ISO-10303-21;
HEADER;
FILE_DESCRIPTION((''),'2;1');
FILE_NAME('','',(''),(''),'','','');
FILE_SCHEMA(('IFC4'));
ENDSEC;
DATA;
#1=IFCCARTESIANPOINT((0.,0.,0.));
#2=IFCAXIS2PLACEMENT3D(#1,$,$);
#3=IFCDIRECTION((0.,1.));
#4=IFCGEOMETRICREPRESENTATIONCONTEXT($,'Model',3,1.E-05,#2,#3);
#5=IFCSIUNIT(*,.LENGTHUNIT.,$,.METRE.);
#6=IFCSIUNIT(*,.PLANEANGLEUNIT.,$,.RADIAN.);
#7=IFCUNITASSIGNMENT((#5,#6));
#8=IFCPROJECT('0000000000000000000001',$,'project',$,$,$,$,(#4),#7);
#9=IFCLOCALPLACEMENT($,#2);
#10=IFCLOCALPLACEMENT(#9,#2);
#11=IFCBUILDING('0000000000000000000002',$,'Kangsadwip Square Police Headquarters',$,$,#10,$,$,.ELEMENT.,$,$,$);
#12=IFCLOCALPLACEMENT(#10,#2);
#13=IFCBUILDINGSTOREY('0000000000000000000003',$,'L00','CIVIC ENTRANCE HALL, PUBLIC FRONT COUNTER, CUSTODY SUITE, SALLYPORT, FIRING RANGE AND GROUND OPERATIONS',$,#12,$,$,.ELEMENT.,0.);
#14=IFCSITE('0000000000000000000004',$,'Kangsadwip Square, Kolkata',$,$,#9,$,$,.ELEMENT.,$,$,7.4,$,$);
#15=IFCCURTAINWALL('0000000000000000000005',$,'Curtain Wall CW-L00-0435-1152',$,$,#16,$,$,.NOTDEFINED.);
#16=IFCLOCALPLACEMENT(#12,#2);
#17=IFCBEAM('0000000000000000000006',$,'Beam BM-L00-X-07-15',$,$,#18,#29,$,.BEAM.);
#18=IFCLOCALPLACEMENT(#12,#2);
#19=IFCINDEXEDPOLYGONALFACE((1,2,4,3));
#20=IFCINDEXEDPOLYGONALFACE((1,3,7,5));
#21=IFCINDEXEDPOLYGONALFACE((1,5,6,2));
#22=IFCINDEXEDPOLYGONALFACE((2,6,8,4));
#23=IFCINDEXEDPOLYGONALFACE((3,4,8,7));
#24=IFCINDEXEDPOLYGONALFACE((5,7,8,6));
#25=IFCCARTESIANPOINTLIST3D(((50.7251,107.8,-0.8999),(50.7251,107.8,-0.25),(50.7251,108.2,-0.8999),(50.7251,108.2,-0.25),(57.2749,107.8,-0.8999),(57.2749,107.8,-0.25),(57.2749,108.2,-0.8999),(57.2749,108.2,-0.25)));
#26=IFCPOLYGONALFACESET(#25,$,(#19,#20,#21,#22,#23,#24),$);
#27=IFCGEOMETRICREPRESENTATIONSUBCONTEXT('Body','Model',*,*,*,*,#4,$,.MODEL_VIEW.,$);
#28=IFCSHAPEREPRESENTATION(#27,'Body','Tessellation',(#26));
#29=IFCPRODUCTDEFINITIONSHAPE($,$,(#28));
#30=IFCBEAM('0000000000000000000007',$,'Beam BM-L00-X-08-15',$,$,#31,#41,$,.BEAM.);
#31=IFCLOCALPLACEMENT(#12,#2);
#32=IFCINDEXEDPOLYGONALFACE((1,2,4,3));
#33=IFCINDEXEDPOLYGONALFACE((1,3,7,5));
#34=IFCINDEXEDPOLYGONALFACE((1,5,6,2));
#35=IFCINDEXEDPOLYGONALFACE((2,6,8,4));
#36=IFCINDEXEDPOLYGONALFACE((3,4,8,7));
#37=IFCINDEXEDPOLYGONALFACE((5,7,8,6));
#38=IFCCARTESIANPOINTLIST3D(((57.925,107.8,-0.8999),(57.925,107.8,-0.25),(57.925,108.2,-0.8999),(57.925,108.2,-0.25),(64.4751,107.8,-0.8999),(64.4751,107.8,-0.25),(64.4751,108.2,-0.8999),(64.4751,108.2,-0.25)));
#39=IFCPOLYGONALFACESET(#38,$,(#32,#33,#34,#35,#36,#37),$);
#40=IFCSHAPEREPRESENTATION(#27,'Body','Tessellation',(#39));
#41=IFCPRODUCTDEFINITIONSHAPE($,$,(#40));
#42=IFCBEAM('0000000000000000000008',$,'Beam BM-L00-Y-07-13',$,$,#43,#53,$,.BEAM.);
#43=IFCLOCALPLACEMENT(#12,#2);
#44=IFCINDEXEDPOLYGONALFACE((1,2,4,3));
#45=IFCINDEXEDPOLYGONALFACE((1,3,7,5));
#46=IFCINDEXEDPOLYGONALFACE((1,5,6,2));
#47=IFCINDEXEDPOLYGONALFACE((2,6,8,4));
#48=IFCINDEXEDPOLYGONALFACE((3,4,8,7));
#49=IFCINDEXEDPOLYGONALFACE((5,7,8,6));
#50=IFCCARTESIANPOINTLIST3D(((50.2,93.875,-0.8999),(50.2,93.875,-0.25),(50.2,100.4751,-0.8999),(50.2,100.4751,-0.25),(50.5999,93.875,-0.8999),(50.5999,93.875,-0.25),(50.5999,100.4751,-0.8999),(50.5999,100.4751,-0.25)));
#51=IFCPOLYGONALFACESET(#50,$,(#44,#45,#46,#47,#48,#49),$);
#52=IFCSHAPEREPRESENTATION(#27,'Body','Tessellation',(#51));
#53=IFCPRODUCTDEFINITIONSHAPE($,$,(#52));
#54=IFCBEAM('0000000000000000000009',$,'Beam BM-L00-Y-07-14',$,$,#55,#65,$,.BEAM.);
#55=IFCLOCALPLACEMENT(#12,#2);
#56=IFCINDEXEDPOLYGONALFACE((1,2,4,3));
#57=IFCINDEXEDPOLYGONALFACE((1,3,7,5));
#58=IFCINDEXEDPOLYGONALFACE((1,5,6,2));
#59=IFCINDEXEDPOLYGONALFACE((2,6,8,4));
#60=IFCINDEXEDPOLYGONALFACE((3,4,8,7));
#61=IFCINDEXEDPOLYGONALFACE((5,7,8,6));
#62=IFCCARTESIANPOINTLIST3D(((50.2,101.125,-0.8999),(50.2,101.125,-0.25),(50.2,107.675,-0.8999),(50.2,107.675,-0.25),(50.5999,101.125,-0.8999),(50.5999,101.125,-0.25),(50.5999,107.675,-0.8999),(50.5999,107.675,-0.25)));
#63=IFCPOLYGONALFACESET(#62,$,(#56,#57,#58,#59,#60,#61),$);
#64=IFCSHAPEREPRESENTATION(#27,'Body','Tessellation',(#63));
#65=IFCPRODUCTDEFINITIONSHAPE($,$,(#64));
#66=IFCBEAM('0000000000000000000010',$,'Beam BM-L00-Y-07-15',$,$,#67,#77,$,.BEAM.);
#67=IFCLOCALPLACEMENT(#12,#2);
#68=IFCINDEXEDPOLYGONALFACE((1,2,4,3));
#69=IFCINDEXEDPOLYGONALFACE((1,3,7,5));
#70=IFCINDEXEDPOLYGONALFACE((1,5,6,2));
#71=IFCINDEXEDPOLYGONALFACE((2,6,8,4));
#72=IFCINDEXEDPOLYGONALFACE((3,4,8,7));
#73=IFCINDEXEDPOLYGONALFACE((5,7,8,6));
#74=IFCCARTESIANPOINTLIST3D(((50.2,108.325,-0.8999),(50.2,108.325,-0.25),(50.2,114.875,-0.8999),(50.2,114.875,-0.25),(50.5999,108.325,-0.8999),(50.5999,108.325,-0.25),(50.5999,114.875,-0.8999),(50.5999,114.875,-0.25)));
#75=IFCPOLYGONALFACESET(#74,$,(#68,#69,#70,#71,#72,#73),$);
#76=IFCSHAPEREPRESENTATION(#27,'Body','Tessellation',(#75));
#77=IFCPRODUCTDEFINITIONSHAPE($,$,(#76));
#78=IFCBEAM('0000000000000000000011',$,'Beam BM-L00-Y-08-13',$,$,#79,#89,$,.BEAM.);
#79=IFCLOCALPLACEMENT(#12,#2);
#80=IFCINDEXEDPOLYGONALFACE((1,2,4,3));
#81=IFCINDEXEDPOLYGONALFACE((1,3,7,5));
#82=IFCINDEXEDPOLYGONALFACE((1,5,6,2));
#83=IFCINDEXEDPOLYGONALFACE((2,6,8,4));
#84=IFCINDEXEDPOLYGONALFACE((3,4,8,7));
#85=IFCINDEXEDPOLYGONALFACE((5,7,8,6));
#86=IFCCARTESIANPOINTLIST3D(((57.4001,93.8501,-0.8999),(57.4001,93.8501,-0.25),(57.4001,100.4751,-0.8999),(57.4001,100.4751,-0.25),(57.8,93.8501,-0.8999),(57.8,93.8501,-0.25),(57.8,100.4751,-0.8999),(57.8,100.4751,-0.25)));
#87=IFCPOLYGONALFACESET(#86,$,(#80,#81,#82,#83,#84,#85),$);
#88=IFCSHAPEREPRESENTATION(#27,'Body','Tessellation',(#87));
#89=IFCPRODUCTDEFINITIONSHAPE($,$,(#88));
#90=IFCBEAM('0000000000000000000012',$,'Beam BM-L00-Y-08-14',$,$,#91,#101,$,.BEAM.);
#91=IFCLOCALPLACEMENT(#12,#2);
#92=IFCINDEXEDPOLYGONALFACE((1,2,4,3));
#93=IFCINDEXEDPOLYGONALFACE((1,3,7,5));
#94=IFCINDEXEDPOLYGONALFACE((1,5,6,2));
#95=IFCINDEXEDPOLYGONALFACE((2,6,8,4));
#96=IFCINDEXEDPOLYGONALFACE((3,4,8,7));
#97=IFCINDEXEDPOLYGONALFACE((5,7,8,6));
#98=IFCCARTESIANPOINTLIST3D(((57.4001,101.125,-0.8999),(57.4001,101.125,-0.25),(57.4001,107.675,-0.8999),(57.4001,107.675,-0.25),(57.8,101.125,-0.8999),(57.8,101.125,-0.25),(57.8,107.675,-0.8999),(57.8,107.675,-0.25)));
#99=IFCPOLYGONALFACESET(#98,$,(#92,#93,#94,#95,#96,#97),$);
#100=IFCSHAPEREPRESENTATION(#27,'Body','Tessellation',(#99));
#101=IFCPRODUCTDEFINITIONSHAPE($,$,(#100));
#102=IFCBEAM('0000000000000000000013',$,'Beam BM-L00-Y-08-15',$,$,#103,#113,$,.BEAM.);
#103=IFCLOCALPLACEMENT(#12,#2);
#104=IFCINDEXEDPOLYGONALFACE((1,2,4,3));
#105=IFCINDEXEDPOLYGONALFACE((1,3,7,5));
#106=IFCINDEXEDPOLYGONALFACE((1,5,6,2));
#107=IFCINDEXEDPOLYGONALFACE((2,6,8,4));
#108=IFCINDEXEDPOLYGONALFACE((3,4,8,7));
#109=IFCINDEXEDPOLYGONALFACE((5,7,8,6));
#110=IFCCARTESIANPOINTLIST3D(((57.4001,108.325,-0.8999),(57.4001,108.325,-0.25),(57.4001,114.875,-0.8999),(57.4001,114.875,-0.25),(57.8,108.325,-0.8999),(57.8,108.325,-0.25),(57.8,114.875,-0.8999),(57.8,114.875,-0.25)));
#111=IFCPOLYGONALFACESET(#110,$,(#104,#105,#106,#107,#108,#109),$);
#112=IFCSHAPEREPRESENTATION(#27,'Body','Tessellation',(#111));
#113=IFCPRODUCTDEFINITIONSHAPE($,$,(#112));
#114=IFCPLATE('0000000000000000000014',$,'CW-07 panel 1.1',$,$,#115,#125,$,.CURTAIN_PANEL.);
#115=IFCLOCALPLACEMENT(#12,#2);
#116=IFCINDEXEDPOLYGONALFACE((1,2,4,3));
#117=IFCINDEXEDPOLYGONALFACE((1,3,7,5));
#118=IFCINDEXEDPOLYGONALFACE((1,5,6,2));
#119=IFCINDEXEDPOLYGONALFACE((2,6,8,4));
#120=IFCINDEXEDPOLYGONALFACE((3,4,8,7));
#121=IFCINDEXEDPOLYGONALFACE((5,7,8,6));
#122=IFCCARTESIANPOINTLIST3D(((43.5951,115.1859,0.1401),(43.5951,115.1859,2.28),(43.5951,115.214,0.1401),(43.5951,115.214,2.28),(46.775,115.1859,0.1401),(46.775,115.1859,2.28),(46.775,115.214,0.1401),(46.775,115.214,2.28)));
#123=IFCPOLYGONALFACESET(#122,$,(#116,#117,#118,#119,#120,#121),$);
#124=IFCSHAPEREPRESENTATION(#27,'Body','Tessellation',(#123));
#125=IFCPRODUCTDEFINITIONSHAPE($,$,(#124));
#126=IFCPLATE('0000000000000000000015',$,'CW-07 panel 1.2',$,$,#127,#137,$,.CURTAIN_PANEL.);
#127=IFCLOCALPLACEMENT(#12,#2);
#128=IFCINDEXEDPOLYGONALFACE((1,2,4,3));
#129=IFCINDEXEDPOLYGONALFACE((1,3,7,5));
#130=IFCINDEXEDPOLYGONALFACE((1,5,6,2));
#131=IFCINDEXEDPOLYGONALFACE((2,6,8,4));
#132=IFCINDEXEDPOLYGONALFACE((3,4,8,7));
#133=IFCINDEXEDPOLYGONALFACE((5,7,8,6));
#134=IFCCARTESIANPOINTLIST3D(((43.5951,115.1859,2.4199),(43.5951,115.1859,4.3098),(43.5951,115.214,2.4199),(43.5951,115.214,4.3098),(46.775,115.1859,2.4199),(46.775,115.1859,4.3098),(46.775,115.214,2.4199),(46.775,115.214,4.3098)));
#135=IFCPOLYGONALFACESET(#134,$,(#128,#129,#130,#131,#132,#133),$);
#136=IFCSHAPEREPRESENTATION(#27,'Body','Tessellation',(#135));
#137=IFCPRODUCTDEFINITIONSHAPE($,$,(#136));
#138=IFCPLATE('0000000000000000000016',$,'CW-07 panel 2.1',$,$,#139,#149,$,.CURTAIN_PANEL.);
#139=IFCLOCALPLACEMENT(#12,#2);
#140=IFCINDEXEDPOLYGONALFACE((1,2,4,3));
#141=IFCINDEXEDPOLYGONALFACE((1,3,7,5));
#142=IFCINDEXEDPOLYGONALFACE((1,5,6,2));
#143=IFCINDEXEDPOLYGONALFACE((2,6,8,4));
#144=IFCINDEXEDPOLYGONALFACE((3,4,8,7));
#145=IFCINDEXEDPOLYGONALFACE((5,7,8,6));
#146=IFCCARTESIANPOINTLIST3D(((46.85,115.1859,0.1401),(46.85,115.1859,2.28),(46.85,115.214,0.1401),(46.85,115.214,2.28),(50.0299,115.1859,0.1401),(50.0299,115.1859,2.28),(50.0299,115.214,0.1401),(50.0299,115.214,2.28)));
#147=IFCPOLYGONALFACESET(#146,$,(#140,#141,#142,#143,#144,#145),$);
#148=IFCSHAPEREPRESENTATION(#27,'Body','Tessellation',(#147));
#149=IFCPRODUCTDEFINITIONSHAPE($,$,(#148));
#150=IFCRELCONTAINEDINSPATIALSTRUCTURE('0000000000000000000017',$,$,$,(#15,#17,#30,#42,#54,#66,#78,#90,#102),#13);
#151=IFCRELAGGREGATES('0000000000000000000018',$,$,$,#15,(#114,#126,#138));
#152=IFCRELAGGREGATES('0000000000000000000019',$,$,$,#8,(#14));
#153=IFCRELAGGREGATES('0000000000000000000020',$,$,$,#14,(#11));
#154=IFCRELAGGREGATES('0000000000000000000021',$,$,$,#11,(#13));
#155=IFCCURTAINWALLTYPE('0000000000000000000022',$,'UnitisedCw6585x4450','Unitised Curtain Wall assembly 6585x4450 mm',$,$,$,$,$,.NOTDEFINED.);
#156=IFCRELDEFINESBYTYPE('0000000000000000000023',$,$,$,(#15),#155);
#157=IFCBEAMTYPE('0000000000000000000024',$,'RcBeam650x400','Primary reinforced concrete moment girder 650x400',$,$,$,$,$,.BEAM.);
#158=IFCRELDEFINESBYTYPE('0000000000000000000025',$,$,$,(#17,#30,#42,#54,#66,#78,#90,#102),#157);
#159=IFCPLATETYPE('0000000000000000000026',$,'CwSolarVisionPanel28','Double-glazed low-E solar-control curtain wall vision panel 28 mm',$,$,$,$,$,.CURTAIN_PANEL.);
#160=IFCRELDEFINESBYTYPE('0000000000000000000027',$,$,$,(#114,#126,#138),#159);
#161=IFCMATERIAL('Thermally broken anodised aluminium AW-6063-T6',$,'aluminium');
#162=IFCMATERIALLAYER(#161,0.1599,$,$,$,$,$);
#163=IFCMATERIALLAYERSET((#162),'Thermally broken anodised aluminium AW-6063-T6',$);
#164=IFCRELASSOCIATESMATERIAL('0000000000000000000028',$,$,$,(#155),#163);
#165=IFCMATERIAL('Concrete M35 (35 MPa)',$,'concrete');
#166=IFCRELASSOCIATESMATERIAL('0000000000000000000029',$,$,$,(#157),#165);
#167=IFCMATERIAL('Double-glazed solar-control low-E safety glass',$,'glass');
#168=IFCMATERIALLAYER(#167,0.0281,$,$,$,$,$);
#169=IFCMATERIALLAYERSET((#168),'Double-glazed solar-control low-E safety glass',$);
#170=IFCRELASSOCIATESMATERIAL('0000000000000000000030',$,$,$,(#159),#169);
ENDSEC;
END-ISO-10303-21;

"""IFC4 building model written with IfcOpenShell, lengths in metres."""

from ifc_helpers import new_model, si_unit, direction, frame, origin, origin_2d, place, context, subcontext, project, spatial, rectangle, extrude, material, layer, layer_set, material_profile, profile_set, type_object, element, aggregate, save


model = new_model("IFC4")

# Units and contexts
model_context = context("Model", 3, precision=1e-05, world=origin(), true_north=direction((0.0, 1.0)))
body_context = subcontext(model_context, "Body", "Model", "MODEL_VIEW")
ifc_project = project(units=[si_unit("LENGTHUNIT", "METRE"), si_unit("PLANEANGLEUNIT", "RADIAN")], contexts=[model_context])

# Site, building, storey
site_placement = place(None, origin())
site = spatial("IfcSite", under=ifc_project, at=site_placement, Name="Kangsadwip Square, Kolkata", CompositionType="ELEMENT", RefElevation=7.4)
building_placement = place(site_placement, origin())
building = spatial("IfcBuilding", under=site, at=building_placement, Name="Kangsadwip Square Police Headquarters", CompositionType="ELEMENT")
storey_placement = place(building_placement, origin())
storey = spatial("IfcBuildingStorey", under=building, at=storey_placement, Name="L00", Description="CIVIC ENTRANCE HALL, PUBLIC FRONT COUNTER, CUSTODY SUITE, SALLYPORT, FIRING RANGE AND GROUND OPERATIONS", CompositionType="ELEMENT", Elevation=0.0)

# Curtain wall
ifc_material_1 = material(Name="Thermally broken anodised aluminium AW-6063-T6", Category="aluminium")
ifc_layer_1 = layer(ifc_material_1, 0.1599)
ifc_layer_set_1 = layer_set([ifc_layer_1], Name="Thermally broken anodised aluminium AW-6063-T6")
curtain_wall_type = type_object("IfcCurtainWallType", Name="UnitisedCw6585x4450", Description="Unitised Curtain Wall assembly 6585x4450 mm", PredefinedType="NOTDEFINED", material=ifc_layer_set_1)
curtain_wall_placement = place(storey_placement, origin())
curtain_wall = element("IfcCurtainWall", 1, at=curtain_wall_placement, inside=storey, type_object=curtain_wall_type, Name="Curtain Wall CW-L00-0435-1152", PredefinedType="NOTDEFINED")

# Beams
ifc_material_2 = material(Name="Concrete M35 (35 MPa)", Category="concrete")
ifc_material_profile_1 = material_profile(ifc_material_2, rectangle(XDim=0.3999, YDim=0.6499, at=origin_2d()), Name="RC BM 650X400")
ifc_profile_set_1 = profile_set([ifc_material_profile_1], Name="Concrete M35 (35 MPa)")
beam_type = type_object("IfcBeamType", Name="RcBeam650x400", Description="Primary reinforced concrete moment girder 650x400", PredefinedType="BEAM", material=ifc_profile_set_1)
beam_1_placement = place(storey_placement, frame((50.7251, 108.0, -0.575), z_axis=(1.0, 0.0, 0.0), x_axis=(0.0, 1.0, 0.0)))
element("IfcBeam", 2, at=beam_1_placement, inside=storey, type_object=beam_type, Name="Beam BM-L00-X-07-15", PredefinedType="BEAM", context=body_context, shape_type="SweptSolid", body=[
    extrude(rectangle(XDim=0.3999, YDim=0.6499, at=origin_2d()), origin(), (0.0, 0.0, 1.0), 6.5498),
])
beam_2_placement = place(storey_placement, frame((57.925, 108.0, -0.575), z_axis=(1.0, 0.0, 0.0), x_axis=(0.0, 1.0, 0.0)))
element("IfcBeam", 3, at=beam_2_placement, inside=storey, type_object=beam_type, Name="Beam BM-L00-X-08-15", PredefinedType="BEAM", context=body_context, shape_type="SweptSolid", body=[
    extrude(rectangle(XDim=0.3999, YDim=0.6499, at=origin_2d()), origin(), (0.0, 0.0, 1.0), 6.55),
])
beam_3_placement = place(storey_placement, frame((50.3999, 93.875, -0.575), z_axis=(0.0, 1.0, 0.0), x_axis=(-1.0, 0.0, 0.0)))
element("IfcBeam", 4, at=beam_3_placement, inside=storey, type_object=beam_type, Name="Beam BM-L00-Y-07-13", PredefinedType="BEAM", context=body_context, shape_type="SweptSolid", body=[
    extrude(rectangle(XDim=0.3999, YDim=0.6499, at=origin_2d()), origin(), (0.0, 0.0, 1.0), 6.6001),
])
for number, where, z_axis, x_axis, name in (
    (5, (50.3999, 101.125, -0.575), (0.0, 1.0, 0.0), (-1.0, 0.0, 0.0), "Beam BM-L00-Y-07-14"),
    (6, (50.3999, 108.325, -0.575), (0.0, 1.0, 0.0), (-1.0, 0.0, 0.0), "Beam BM-L00-Y-07-15"),
):
    element("IfcBeam", number, at=place(storey_placement, frame(where, z_axis=z_axis, x_axis=x_axis)), inside=storey, type_object=beam_type, Name=name, PredefinedType="BEAM", context=body_context, shape_type="SweptSolid", body=[
        extrude(rectangle(XDim=0.3999, YDim=0.6499, at=origin_2d()), origin(), (0.0, 0.0, 1.0), 6.55),
    ])
beam_4_placement = place(storey_placement, frame((57.6001, 93.8501, -0.575), z_axis=(0.0, 1.0, 0.0), x_axis=(-1.0, 0.0, 0.0)))
element("IfcBeam", 7, at=beam_4_placement, inside=storey, type_object=beam_type, Name="Beam BM-L00-Y-08-13", PredefinedType="BEAM", context=body_context, shape_type="SweptSolid", body=[
    extrude(rectangle(XDim=0.3999, YDim=0.6499, at=origin_2d()), origin(), (0.0, 0.0, 1.0), 6.625),
])
for number, where, z_axis, x_axis, name in (
    (8, (57.6001, 101.125, -0.575), (0.0, 1.0, 0.0), (-1.0, 0.0, 0.0), "Beam BM-L00-Y-08-14"),
    (9, (57.6001, 108.325, -0.575), (0.0, 1.0, 0.0), (-1.0, 0.0, 0.0), "Beam BM-L00-Y-08-15"),
):
    element("IfcBeam", number, at=place(storey_placement, frame(where, z_axis=z_axis, x_axis=x_axis)), inside=storey, type_object=beam_type, Name=name, PredefinedType="BEAM", context=body_context, shape_type="SweptSolid", body=[
        extrude(rectangle(XDim=0.3999, YDim=0.6499, at=origin_2d()), origin(), (0.0, 0.0, 1.0), 6.55),
    ])

# Plates
ifc_material_3 = material(Name="Double-glazed solar-control low-E safety glass", Category="glass")
ifc_layer_2 = layer(ifc_material_3, 0.0281)
ifc_layer_set_2 = layer_set([ifc_layer_2], Name="Double-glazed solar-control low-E safety glass")
plate_type = type_object("IfcPlateType", Name="CwSolarVisionPanel28", Description="Double-glazed low-E solar-control curtain wall vision panel 28 mm", PredefinedType="CURTAIN_PANEL", material=ifc_layer_set_2)
plate_1_placement = place(storey_placement, frame((45.1851, 115.2, 0.1401), z_axis=(0.0, 0.0, 1.0), x_axis=(1.0, 0.0, 0.0)))
plate_1 = element("IfcPlate", 10, at=plate_1_placement, type_object=plate_type, Name="CW-07 panel 1.1", PredefinedType="CURTAIN_PANEL", context=body_context, shape_type="SweptSolid", body=[
    extrude(rectangle(XDim=3.1799, YDim=0.0281, at=origin_2d()), origin(), (0.0, 0.0, 1.0), 2.1399),
])
plate_2_placement = place(storey_placement, frame((45.1851, 115.2, 2.4199), z_axis=(0.0, 0.0, 1.0), x_axis=(1.0, 0.0, 0.0)))
plate_2 = element("IfcPlate", 11, at=plate_2_placement, type_object=plate_type, Name="CW-07 panel 1.2", PredefinedType="CURTAIN_PANEL", context=body_context, shape_type="SweptSolid", body=[
    extrude(rectangle(XDim=3.1799, YDim=0.0281, at=origin_2d()), origin(), (0.0, 0.0, 1.0), 1.8899),
])
plate_3_placement = place(storey_placement, frame((48.4399, 115.2, 0.1401), z_axis=(0.0, 0.0, 1.0), x_axis=(1.0, 0.0, 0.0)))
plate_3 = element("IfcPlate", 12, at=plate_3_placement, type_object=plate_type, Name="CW-07 panel 2.1", PredefinedType="CURTAIN_PANEL", context=body_context, shape_type="SweptSolid", body=[
    extrude(rectangle(XDim=3.1799, YDim=0.0281, at=origin_2d()), origin(), (0.0, 0.0, 1.0), 2.1399),
])
aggregate(curtain_wall, [plate_1, plate_2, plate_3])

save(model, "model.ifc")
